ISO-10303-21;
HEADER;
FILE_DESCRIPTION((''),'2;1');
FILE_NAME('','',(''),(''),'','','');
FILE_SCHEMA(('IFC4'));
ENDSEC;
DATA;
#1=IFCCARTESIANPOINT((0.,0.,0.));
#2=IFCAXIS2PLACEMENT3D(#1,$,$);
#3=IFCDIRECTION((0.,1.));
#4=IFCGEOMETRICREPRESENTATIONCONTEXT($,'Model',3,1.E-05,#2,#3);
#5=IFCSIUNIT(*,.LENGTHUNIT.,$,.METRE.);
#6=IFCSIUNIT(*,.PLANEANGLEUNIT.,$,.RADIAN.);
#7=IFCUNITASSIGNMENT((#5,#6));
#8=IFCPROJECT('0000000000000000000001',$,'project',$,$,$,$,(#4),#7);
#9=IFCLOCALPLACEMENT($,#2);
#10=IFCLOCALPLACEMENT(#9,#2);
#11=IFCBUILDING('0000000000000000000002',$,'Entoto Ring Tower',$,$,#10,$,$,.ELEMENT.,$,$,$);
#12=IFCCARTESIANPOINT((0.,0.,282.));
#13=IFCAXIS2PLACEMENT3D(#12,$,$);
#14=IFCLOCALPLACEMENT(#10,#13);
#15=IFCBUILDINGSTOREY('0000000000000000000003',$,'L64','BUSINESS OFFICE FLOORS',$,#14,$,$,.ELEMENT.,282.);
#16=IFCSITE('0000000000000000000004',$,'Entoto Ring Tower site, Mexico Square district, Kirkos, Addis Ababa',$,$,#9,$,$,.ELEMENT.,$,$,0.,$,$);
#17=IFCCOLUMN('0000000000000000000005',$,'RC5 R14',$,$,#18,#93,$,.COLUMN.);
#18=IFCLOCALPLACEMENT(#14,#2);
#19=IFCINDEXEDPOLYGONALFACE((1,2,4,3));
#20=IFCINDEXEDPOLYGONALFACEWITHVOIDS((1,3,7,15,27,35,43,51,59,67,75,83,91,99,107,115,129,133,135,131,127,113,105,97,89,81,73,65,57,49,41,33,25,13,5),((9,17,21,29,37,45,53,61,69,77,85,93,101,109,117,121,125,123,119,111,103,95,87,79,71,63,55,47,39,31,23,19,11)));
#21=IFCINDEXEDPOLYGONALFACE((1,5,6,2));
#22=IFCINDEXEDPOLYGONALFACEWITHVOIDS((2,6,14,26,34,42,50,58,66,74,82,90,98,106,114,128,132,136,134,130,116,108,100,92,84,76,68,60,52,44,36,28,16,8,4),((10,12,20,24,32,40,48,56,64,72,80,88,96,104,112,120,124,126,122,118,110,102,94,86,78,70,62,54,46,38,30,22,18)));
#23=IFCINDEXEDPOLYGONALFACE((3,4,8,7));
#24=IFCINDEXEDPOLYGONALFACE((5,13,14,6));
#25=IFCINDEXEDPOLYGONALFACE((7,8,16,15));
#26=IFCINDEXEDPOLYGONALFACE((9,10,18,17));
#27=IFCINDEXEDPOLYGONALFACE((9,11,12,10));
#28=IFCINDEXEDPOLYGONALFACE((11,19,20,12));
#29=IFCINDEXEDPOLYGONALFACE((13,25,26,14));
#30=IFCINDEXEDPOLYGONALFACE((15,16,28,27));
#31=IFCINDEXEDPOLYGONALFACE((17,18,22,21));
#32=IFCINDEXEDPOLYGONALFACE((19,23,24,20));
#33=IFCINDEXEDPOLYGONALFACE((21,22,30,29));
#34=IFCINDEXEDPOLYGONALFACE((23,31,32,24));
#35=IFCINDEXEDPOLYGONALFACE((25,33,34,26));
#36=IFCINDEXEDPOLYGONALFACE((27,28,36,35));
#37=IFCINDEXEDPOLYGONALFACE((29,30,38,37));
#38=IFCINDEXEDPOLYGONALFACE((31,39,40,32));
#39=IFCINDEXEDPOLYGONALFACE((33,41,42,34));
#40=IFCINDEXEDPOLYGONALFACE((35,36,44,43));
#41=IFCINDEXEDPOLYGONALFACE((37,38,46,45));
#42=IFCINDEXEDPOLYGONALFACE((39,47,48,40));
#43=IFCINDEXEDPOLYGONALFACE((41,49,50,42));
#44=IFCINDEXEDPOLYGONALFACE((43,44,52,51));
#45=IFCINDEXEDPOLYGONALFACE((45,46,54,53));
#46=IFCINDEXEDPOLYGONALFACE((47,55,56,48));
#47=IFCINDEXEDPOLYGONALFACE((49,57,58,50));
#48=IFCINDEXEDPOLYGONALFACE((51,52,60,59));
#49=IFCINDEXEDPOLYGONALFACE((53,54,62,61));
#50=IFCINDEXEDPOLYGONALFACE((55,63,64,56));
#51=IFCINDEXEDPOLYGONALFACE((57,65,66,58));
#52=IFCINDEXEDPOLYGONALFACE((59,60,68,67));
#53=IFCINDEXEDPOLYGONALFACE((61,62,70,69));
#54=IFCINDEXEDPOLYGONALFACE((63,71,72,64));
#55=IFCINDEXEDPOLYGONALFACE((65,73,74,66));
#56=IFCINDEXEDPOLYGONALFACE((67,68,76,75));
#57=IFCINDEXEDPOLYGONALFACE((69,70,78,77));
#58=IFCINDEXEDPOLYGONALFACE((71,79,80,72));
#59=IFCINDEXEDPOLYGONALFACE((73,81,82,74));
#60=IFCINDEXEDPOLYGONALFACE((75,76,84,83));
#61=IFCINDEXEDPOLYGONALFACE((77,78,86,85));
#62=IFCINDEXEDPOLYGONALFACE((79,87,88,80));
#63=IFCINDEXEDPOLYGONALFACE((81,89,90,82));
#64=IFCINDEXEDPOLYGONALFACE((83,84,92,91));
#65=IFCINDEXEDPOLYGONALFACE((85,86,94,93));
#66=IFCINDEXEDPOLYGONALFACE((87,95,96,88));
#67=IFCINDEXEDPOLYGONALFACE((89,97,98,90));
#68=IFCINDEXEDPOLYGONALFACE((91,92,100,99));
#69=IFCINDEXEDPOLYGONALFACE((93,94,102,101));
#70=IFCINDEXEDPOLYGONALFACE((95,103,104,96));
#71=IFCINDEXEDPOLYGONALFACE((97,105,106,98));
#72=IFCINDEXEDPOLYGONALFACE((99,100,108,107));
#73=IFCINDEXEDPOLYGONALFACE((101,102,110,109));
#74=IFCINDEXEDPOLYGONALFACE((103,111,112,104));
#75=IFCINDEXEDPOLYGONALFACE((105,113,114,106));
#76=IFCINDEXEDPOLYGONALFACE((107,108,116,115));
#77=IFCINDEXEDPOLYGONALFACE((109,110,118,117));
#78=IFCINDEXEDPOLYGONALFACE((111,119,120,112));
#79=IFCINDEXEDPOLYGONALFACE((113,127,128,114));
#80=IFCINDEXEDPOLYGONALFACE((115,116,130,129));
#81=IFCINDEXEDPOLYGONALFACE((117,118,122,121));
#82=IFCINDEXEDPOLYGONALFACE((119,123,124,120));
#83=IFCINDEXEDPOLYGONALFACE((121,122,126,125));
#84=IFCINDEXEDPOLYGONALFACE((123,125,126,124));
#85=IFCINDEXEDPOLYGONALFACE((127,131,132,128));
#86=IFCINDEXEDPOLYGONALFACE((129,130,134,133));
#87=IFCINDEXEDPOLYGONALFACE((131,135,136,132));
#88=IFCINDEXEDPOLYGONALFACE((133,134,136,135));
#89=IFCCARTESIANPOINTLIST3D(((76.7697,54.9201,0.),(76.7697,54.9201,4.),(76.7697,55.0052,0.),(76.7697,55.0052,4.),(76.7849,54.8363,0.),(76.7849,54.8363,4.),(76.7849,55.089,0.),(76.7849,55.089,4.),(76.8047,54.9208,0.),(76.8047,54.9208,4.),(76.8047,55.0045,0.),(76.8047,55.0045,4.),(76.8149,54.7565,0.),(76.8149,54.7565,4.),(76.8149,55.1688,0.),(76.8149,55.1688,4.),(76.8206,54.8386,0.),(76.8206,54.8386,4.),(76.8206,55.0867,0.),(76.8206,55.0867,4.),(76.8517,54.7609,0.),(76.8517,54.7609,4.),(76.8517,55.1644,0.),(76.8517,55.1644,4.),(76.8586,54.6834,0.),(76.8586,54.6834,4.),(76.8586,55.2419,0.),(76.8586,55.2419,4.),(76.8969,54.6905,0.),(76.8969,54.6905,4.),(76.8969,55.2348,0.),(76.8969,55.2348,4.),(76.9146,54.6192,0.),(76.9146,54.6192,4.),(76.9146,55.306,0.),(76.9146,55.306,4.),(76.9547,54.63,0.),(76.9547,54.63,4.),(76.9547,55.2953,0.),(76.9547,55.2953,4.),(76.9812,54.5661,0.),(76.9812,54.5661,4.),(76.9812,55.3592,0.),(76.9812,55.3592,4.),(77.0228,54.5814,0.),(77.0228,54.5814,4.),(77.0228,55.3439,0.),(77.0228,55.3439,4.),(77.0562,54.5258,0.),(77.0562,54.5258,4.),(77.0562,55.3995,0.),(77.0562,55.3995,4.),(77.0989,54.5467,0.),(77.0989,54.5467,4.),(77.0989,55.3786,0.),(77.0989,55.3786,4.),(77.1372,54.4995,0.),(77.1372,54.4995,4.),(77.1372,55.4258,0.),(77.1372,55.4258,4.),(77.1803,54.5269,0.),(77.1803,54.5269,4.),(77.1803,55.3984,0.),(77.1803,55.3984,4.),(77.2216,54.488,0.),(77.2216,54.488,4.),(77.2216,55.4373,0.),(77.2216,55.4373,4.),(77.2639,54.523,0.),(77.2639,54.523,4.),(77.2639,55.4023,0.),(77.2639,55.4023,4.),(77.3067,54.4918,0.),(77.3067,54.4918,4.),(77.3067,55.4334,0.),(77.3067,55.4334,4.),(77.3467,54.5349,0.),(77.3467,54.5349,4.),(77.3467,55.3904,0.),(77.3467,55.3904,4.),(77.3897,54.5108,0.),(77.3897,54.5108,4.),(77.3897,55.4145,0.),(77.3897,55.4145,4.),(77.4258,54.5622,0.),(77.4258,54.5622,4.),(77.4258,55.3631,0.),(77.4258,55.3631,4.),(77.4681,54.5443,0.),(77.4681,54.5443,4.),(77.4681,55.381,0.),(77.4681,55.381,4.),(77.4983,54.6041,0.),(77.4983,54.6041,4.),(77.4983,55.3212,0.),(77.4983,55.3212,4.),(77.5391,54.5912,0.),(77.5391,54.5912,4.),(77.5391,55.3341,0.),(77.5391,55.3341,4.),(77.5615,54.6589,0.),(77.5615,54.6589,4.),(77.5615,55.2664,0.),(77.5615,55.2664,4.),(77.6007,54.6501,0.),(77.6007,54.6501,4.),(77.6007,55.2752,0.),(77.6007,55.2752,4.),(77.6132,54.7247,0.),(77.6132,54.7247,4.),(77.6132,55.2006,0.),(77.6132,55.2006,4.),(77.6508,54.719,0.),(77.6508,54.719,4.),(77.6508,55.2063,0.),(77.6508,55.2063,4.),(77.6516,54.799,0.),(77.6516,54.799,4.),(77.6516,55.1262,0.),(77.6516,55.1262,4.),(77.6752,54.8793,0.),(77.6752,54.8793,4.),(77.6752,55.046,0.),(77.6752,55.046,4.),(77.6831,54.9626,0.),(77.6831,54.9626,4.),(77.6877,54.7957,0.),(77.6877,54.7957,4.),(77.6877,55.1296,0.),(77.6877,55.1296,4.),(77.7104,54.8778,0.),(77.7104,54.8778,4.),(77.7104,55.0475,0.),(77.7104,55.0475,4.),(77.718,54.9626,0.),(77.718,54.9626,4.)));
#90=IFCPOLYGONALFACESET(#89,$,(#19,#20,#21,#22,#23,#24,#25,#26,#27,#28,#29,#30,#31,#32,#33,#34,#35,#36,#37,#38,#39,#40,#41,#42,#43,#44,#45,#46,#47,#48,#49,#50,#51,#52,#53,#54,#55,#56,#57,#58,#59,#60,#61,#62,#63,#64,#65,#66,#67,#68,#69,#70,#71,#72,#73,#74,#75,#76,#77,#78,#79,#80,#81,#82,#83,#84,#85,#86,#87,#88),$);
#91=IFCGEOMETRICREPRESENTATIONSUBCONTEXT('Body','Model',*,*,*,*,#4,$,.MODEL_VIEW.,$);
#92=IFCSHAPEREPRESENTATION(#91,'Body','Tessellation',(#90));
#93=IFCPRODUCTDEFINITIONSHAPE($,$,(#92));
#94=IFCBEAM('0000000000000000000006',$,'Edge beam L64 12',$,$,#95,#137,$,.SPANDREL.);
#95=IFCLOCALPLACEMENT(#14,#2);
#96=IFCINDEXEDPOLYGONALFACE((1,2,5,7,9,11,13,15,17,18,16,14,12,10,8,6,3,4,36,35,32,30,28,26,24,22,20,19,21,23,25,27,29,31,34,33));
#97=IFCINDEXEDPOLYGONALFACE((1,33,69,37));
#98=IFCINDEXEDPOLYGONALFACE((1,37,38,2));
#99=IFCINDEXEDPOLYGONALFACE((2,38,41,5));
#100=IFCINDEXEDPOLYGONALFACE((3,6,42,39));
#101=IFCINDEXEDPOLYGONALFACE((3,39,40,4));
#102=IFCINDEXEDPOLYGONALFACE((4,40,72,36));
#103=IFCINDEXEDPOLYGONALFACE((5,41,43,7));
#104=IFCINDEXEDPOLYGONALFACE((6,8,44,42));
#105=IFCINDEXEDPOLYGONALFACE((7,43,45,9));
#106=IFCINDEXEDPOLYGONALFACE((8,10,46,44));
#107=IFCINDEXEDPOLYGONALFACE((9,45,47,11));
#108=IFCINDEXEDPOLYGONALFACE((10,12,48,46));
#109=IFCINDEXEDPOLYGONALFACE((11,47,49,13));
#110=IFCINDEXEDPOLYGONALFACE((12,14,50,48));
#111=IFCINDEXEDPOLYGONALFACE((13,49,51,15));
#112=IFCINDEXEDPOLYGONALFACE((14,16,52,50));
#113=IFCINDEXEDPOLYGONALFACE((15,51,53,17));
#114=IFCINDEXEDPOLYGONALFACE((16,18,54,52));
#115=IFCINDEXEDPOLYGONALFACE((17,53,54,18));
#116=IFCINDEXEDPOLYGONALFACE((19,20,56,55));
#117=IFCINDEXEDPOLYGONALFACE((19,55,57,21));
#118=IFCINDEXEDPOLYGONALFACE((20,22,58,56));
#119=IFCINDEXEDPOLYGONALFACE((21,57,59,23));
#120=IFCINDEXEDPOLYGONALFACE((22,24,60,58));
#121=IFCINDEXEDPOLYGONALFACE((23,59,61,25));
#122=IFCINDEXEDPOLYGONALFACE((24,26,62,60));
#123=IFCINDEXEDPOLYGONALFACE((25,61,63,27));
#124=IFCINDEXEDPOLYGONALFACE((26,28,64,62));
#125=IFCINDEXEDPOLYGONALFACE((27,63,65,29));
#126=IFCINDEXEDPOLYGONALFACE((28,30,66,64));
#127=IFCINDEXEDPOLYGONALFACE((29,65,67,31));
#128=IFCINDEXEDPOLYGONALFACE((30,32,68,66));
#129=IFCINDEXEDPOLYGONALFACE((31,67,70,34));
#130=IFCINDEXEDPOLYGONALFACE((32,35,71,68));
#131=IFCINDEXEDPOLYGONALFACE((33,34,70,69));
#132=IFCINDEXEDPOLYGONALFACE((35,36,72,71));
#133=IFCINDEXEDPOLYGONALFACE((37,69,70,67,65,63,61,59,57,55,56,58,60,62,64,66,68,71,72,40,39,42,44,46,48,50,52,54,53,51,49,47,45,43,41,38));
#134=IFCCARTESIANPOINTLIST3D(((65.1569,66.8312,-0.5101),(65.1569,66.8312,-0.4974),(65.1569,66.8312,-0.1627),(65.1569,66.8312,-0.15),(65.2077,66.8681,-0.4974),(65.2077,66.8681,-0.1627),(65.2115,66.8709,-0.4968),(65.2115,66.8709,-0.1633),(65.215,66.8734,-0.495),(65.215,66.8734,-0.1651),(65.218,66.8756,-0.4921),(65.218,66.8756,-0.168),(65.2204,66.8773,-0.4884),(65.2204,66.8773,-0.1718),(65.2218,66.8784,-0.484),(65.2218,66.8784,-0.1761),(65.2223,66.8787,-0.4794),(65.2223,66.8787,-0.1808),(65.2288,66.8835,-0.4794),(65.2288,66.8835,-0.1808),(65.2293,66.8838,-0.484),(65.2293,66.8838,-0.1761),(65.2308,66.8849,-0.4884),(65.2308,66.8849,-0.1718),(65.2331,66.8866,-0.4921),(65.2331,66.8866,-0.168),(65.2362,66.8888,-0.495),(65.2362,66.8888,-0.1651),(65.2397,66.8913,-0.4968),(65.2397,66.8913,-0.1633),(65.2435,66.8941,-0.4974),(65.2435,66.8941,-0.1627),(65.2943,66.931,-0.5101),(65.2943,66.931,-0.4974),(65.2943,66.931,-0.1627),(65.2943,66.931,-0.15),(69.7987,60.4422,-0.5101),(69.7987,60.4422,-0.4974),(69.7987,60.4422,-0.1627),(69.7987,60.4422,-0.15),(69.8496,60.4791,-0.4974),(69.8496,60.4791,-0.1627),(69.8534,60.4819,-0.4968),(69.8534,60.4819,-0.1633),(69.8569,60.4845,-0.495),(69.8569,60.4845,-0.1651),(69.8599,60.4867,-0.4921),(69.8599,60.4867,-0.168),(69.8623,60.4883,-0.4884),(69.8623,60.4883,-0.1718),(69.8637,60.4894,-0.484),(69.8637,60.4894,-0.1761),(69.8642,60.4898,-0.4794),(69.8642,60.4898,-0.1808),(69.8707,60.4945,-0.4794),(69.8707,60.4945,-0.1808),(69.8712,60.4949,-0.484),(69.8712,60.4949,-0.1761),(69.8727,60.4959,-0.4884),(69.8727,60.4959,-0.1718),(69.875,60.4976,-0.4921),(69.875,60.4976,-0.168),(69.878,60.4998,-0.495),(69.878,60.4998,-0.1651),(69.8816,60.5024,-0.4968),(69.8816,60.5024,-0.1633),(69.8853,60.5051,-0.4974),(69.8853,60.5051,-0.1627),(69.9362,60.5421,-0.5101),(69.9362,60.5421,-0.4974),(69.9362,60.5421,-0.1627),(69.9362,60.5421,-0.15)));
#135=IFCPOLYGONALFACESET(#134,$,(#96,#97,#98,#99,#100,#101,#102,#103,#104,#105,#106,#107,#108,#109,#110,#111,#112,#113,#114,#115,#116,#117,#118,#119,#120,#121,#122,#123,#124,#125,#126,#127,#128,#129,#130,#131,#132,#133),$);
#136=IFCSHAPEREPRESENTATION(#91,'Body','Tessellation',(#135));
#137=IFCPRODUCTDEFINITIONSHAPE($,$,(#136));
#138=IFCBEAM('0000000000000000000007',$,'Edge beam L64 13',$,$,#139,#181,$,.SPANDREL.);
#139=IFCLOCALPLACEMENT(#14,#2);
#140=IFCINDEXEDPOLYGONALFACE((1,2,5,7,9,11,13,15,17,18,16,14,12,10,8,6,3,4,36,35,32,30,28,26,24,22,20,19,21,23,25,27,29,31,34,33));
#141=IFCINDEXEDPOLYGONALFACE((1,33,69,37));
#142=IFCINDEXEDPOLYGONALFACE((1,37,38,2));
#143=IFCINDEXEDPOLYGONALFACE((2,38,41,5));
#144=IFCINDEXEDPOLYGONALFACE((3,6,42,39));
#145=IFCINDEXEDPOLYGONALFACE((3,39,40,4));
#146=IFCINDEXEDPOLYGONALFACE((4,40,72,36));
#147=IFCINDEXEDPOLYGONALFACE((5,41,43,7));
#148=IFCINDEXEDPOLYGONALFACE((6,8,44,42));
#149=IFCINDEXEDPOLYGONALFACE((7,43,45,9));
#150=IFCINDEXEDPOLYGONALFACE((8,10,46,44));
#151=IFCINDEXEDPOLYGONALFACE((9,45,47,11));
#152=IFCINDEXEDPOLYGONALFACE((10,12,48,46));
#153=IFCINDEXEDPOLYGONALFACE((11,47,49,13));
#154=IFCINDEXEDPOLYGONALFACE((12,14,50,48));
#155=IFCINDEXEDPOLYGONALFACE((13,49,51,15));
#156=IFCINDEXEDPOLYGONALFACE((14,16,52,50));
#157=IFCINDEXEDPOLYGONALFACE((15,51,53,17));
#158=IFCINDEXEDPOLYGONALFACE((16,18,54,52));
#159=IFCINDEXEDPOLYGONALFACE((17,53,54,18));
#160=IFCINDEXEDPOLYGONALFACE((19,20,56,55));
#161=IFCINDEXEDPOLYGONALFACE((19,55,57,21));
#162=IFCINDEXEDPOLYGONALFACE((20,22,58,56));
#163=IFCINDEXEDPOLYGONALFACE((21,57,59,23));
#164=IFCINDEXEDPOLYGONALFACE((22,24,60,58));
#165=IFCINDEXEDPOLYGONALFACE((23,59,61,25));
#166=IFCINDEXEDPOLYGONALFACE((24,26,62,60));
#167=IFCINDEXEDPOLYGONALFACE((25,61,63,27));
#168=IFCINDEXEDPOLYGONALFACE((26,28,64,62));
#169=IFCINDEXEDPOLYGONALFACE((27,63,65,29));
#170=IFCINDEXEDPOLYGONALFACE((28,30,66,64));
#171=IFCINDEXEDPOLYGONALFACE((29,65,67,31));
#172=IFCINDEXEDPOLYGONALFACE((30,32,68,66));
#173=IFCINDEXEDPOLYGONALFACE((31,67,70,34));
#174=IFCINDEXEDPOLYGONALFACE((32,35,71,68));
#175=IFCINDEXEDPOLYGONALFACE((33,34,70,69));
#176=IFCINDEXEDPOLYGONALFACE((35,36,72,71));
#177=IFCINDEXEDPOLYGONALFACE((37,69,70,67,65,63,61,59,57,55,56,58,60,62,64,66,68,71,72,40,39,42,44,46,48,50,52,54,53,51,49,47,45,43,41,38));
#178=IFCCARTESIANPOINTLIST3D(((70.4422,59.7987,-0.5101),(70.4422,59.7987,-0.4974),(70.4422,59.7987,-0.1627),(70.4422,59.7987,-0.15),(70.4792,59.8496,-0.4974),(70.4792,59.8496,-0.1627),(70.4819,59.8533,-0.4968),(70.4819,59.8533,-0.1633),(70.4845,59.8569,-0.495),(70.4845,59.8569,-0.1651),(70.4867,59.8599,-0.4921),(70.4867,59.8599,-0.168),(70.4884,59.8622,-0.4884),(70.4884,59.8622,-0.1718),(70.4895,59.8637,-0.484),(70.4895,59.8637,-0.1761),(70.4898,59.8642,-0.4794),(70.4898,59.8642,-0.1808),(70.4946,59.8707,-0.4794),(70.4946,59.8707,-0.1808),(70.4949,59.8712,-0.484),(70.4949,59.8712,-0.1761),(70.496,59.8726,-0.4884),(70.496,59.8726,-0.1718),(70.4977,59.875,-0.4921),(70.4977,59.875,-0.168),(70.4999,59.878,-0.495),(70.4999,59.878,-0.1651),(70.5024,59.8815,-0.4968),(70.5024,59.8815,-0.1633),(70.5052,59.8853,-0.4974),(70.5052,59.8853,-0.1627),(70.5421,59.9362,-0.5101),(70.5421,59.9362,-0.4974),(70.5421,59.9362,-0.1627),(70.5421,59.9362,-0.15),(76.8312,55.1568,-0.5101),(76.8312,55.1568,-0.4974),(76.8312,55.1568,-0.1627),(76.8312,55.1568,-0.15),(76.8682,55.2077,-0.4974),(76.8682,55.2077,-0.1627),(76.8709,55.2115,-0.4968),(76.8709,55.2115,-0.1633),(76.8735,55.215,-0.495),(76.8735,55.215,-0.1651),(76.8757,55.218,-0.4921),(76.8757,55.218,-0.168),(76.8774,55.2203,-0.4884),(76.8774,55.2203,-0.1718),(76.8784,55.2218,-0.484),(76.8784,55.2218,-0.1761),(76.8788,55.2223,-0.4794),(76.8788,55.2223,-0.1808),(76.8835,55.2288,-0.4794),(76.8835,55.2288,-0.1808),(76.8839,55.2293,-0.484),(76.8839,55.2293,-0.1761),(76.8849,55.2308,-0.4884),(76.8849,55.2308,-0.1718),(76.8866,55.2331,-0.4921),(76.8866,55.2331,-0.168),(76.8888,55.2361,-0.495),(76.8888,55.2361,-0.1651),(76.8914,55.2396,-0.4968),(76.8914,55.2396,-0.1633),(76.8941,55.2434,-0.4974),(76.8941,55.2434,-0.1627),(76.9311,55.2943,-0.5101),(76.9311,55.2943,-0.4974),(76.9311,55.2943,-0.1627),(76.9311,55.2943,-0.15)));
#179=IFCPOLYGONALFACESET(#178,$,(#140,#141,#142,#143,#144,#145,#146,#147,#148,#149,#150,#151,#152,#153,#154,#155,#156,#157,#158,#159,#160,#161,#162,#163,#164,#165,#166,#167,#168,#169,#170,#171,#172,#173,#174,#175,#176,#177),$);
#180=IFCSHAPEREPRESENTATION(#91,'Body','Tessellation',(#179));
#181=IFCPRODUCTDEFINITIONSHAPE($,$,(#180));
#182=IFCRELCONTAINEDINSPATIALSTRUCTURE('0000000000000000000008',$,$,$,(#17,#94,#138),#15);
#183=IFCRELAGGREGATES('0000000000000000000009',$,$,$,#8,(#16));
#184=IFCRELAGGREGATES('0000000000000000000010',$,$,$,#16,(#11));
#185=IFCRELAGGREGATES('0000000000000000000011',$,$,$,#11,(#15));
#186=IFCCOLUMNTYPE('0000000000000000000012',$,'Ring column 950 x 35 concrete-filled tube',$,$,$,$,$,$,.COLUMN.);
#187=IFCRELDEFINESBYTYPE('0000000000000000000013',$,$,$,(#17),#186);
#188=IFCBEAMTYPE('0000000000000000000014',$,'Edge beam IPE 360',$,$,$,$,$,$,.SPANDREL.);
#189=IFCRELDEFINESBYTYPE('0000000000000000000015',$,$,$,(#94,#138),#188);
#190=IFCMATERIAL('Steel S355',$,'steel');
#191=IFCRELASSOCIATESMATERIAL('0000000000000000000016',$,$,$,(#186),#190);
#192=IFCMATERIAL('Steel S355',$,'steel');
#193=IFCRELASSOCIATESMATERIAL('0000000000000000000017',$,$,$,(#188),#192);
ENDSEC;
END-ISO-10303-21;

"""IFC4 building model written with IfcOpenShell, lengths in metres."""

from ifc_helpers import new_model, si_unit, direction, frame, origin, origin_2d, place, context, subcontext, project, spatial, circle, hollow_circle, i_section, extrude, material, material_profile, profile_set, type_object, element, save


model = new_model("IFC4")

# Units and contexts
model_context = context("Model", 3, precision=1e-05, world=origin(), true_north=direction((0.0, 1.0)))
body_context = subcontext(model_context, "Body", "Model", "MODEL_VIEW")
ifc_project = project(units=[si_unit("LENGTHUNIT", "METRE"), si_unit("PLANEANGLEUNIT", "RADIAN")], contexts=[model_context])

# Site, building, storey
site_placement = place(None, origin())
site = spatial("IfcSite", under=ifc_project, at=site_placement, Name="Entoto Ring Tower site, Mexico Square district, Kirkos, Addis Ababa", CompositionType="ELEMENT", RefElevation=0.0)
building_placement = place(site_placement, origin())
building = spatial("IfcBuilding", under=site, at=building_placement, Name="Entoto Ring Tower", CompositionType="ELEMENT")
storey_placement = place(building_placement, frame((0.0, 0.0, 282.0)))
storey = spatial("IfcBuildingStorey", under=building, at=storey_placement, Name="L64", Description="BUSINESS OFFICE FLOORS", CompositionType="ELEMENT", Elevation=282.0)

# Column
ifc_material_1 = material(Name="Steel S355", Category="steel")
ifc_material_profile_1 = material_profile(ifc_material_1, hollow_circle(Radius=0.4751, WallThickness=0.0349, at=origin_2d()), Name="CHS 950 x 35")
ifc_material_2 = material(Name="Concrete C60/75", Category="concrete")
ifc_material_profile_2 = material_profile(ifc_material_2, circle(Radius=0.4399, at=origin_2d()), Name="Concrete C60/75 infill")
ifc_profile_set_1 = profile_set([ifc_material_profile_1, ifc_material_profile_2], Name="Steel S355")
column_type = type_object("IfcColumnType", Name="Ring column 950 x 35 concrete-filled tube", PredefinedType="COLUMN", material=ifc_profile_set_1)
for number, where, z_axis, x_axis, name in (
    (1, (77.2429, 54.9626, 0.0), (0.0, 0.0, 1.0), (1.0, 0.0, 0.0), "RC5 R14"),
):
    element("IfcColumn", number, at=place(storey_placement, frame(where, z_axis=z_axis, x_axis=x_axis)), inside=storey, type_object=column_type, Name=name, PredefinedType="COLUMN", context=body_context, shape_type="SweptSolid", body=[
        extrude(hollow_circle(Radius=0.4751, WallThickness=0.0349, at=origin_2d()), origin(), (0.0, 0.0, 1.0), 4.0),
    ])

# Beams
ifc_material_3 = material(Name="Steel S355", Category="steel")
ifc_material_profile_3 = material_profile(ifc_material_3, i_section(OverallWidth=0.1699, OverallDepth=0.3601, WebThickness=0.0081, FlangeThickness=0.0127, FilletRadius=0.0181, at=origin_2d()), Name="IPE 360")
ifc_profile_set_2 = profile_set([ifc_material_profile_3], Name="Steel S355")
beam_type_1 = type_object("IfcBeamType", Name="Edge beam IPE 360", PredefinedType="SPANDREL", material=ifc_profile_set_2)
for number, where, z_axis, x_axis, name in (
    (2, (65.2256, 66.8811, -0.3301), (0.587787, -0.809015, 0.0), (0.809015, 0.587787, 0.0), "Edge beam L64 12"),
    (3, (70.4922, 59.8674, -0.3301), (0.809015, -0.587787, 0.0), (0.587787, 0.809015, 0.0), "Edge beam L64 13"),
):
    element("IfcBeam", number, at=place(storey_placement, frame(where, z_axis=z_axis, x_axis=x_axis)), inside=storey, type_object=beam_type_1, Name=name, PredefinedType="SPANDREL", context=body_context, shape_type="SweptSolid", body=[
        extrude(i_section(OverallWidth=0.1699, OverallDepth=0.3601, WebThickness=0.0081, FlangeThickness=0.0127, FilletRadius=0.0181, at=origin_2d()), origin(), (0.0, 0.0, 1.0), 7.8972),
    ])

save(model, "model.ifc")
